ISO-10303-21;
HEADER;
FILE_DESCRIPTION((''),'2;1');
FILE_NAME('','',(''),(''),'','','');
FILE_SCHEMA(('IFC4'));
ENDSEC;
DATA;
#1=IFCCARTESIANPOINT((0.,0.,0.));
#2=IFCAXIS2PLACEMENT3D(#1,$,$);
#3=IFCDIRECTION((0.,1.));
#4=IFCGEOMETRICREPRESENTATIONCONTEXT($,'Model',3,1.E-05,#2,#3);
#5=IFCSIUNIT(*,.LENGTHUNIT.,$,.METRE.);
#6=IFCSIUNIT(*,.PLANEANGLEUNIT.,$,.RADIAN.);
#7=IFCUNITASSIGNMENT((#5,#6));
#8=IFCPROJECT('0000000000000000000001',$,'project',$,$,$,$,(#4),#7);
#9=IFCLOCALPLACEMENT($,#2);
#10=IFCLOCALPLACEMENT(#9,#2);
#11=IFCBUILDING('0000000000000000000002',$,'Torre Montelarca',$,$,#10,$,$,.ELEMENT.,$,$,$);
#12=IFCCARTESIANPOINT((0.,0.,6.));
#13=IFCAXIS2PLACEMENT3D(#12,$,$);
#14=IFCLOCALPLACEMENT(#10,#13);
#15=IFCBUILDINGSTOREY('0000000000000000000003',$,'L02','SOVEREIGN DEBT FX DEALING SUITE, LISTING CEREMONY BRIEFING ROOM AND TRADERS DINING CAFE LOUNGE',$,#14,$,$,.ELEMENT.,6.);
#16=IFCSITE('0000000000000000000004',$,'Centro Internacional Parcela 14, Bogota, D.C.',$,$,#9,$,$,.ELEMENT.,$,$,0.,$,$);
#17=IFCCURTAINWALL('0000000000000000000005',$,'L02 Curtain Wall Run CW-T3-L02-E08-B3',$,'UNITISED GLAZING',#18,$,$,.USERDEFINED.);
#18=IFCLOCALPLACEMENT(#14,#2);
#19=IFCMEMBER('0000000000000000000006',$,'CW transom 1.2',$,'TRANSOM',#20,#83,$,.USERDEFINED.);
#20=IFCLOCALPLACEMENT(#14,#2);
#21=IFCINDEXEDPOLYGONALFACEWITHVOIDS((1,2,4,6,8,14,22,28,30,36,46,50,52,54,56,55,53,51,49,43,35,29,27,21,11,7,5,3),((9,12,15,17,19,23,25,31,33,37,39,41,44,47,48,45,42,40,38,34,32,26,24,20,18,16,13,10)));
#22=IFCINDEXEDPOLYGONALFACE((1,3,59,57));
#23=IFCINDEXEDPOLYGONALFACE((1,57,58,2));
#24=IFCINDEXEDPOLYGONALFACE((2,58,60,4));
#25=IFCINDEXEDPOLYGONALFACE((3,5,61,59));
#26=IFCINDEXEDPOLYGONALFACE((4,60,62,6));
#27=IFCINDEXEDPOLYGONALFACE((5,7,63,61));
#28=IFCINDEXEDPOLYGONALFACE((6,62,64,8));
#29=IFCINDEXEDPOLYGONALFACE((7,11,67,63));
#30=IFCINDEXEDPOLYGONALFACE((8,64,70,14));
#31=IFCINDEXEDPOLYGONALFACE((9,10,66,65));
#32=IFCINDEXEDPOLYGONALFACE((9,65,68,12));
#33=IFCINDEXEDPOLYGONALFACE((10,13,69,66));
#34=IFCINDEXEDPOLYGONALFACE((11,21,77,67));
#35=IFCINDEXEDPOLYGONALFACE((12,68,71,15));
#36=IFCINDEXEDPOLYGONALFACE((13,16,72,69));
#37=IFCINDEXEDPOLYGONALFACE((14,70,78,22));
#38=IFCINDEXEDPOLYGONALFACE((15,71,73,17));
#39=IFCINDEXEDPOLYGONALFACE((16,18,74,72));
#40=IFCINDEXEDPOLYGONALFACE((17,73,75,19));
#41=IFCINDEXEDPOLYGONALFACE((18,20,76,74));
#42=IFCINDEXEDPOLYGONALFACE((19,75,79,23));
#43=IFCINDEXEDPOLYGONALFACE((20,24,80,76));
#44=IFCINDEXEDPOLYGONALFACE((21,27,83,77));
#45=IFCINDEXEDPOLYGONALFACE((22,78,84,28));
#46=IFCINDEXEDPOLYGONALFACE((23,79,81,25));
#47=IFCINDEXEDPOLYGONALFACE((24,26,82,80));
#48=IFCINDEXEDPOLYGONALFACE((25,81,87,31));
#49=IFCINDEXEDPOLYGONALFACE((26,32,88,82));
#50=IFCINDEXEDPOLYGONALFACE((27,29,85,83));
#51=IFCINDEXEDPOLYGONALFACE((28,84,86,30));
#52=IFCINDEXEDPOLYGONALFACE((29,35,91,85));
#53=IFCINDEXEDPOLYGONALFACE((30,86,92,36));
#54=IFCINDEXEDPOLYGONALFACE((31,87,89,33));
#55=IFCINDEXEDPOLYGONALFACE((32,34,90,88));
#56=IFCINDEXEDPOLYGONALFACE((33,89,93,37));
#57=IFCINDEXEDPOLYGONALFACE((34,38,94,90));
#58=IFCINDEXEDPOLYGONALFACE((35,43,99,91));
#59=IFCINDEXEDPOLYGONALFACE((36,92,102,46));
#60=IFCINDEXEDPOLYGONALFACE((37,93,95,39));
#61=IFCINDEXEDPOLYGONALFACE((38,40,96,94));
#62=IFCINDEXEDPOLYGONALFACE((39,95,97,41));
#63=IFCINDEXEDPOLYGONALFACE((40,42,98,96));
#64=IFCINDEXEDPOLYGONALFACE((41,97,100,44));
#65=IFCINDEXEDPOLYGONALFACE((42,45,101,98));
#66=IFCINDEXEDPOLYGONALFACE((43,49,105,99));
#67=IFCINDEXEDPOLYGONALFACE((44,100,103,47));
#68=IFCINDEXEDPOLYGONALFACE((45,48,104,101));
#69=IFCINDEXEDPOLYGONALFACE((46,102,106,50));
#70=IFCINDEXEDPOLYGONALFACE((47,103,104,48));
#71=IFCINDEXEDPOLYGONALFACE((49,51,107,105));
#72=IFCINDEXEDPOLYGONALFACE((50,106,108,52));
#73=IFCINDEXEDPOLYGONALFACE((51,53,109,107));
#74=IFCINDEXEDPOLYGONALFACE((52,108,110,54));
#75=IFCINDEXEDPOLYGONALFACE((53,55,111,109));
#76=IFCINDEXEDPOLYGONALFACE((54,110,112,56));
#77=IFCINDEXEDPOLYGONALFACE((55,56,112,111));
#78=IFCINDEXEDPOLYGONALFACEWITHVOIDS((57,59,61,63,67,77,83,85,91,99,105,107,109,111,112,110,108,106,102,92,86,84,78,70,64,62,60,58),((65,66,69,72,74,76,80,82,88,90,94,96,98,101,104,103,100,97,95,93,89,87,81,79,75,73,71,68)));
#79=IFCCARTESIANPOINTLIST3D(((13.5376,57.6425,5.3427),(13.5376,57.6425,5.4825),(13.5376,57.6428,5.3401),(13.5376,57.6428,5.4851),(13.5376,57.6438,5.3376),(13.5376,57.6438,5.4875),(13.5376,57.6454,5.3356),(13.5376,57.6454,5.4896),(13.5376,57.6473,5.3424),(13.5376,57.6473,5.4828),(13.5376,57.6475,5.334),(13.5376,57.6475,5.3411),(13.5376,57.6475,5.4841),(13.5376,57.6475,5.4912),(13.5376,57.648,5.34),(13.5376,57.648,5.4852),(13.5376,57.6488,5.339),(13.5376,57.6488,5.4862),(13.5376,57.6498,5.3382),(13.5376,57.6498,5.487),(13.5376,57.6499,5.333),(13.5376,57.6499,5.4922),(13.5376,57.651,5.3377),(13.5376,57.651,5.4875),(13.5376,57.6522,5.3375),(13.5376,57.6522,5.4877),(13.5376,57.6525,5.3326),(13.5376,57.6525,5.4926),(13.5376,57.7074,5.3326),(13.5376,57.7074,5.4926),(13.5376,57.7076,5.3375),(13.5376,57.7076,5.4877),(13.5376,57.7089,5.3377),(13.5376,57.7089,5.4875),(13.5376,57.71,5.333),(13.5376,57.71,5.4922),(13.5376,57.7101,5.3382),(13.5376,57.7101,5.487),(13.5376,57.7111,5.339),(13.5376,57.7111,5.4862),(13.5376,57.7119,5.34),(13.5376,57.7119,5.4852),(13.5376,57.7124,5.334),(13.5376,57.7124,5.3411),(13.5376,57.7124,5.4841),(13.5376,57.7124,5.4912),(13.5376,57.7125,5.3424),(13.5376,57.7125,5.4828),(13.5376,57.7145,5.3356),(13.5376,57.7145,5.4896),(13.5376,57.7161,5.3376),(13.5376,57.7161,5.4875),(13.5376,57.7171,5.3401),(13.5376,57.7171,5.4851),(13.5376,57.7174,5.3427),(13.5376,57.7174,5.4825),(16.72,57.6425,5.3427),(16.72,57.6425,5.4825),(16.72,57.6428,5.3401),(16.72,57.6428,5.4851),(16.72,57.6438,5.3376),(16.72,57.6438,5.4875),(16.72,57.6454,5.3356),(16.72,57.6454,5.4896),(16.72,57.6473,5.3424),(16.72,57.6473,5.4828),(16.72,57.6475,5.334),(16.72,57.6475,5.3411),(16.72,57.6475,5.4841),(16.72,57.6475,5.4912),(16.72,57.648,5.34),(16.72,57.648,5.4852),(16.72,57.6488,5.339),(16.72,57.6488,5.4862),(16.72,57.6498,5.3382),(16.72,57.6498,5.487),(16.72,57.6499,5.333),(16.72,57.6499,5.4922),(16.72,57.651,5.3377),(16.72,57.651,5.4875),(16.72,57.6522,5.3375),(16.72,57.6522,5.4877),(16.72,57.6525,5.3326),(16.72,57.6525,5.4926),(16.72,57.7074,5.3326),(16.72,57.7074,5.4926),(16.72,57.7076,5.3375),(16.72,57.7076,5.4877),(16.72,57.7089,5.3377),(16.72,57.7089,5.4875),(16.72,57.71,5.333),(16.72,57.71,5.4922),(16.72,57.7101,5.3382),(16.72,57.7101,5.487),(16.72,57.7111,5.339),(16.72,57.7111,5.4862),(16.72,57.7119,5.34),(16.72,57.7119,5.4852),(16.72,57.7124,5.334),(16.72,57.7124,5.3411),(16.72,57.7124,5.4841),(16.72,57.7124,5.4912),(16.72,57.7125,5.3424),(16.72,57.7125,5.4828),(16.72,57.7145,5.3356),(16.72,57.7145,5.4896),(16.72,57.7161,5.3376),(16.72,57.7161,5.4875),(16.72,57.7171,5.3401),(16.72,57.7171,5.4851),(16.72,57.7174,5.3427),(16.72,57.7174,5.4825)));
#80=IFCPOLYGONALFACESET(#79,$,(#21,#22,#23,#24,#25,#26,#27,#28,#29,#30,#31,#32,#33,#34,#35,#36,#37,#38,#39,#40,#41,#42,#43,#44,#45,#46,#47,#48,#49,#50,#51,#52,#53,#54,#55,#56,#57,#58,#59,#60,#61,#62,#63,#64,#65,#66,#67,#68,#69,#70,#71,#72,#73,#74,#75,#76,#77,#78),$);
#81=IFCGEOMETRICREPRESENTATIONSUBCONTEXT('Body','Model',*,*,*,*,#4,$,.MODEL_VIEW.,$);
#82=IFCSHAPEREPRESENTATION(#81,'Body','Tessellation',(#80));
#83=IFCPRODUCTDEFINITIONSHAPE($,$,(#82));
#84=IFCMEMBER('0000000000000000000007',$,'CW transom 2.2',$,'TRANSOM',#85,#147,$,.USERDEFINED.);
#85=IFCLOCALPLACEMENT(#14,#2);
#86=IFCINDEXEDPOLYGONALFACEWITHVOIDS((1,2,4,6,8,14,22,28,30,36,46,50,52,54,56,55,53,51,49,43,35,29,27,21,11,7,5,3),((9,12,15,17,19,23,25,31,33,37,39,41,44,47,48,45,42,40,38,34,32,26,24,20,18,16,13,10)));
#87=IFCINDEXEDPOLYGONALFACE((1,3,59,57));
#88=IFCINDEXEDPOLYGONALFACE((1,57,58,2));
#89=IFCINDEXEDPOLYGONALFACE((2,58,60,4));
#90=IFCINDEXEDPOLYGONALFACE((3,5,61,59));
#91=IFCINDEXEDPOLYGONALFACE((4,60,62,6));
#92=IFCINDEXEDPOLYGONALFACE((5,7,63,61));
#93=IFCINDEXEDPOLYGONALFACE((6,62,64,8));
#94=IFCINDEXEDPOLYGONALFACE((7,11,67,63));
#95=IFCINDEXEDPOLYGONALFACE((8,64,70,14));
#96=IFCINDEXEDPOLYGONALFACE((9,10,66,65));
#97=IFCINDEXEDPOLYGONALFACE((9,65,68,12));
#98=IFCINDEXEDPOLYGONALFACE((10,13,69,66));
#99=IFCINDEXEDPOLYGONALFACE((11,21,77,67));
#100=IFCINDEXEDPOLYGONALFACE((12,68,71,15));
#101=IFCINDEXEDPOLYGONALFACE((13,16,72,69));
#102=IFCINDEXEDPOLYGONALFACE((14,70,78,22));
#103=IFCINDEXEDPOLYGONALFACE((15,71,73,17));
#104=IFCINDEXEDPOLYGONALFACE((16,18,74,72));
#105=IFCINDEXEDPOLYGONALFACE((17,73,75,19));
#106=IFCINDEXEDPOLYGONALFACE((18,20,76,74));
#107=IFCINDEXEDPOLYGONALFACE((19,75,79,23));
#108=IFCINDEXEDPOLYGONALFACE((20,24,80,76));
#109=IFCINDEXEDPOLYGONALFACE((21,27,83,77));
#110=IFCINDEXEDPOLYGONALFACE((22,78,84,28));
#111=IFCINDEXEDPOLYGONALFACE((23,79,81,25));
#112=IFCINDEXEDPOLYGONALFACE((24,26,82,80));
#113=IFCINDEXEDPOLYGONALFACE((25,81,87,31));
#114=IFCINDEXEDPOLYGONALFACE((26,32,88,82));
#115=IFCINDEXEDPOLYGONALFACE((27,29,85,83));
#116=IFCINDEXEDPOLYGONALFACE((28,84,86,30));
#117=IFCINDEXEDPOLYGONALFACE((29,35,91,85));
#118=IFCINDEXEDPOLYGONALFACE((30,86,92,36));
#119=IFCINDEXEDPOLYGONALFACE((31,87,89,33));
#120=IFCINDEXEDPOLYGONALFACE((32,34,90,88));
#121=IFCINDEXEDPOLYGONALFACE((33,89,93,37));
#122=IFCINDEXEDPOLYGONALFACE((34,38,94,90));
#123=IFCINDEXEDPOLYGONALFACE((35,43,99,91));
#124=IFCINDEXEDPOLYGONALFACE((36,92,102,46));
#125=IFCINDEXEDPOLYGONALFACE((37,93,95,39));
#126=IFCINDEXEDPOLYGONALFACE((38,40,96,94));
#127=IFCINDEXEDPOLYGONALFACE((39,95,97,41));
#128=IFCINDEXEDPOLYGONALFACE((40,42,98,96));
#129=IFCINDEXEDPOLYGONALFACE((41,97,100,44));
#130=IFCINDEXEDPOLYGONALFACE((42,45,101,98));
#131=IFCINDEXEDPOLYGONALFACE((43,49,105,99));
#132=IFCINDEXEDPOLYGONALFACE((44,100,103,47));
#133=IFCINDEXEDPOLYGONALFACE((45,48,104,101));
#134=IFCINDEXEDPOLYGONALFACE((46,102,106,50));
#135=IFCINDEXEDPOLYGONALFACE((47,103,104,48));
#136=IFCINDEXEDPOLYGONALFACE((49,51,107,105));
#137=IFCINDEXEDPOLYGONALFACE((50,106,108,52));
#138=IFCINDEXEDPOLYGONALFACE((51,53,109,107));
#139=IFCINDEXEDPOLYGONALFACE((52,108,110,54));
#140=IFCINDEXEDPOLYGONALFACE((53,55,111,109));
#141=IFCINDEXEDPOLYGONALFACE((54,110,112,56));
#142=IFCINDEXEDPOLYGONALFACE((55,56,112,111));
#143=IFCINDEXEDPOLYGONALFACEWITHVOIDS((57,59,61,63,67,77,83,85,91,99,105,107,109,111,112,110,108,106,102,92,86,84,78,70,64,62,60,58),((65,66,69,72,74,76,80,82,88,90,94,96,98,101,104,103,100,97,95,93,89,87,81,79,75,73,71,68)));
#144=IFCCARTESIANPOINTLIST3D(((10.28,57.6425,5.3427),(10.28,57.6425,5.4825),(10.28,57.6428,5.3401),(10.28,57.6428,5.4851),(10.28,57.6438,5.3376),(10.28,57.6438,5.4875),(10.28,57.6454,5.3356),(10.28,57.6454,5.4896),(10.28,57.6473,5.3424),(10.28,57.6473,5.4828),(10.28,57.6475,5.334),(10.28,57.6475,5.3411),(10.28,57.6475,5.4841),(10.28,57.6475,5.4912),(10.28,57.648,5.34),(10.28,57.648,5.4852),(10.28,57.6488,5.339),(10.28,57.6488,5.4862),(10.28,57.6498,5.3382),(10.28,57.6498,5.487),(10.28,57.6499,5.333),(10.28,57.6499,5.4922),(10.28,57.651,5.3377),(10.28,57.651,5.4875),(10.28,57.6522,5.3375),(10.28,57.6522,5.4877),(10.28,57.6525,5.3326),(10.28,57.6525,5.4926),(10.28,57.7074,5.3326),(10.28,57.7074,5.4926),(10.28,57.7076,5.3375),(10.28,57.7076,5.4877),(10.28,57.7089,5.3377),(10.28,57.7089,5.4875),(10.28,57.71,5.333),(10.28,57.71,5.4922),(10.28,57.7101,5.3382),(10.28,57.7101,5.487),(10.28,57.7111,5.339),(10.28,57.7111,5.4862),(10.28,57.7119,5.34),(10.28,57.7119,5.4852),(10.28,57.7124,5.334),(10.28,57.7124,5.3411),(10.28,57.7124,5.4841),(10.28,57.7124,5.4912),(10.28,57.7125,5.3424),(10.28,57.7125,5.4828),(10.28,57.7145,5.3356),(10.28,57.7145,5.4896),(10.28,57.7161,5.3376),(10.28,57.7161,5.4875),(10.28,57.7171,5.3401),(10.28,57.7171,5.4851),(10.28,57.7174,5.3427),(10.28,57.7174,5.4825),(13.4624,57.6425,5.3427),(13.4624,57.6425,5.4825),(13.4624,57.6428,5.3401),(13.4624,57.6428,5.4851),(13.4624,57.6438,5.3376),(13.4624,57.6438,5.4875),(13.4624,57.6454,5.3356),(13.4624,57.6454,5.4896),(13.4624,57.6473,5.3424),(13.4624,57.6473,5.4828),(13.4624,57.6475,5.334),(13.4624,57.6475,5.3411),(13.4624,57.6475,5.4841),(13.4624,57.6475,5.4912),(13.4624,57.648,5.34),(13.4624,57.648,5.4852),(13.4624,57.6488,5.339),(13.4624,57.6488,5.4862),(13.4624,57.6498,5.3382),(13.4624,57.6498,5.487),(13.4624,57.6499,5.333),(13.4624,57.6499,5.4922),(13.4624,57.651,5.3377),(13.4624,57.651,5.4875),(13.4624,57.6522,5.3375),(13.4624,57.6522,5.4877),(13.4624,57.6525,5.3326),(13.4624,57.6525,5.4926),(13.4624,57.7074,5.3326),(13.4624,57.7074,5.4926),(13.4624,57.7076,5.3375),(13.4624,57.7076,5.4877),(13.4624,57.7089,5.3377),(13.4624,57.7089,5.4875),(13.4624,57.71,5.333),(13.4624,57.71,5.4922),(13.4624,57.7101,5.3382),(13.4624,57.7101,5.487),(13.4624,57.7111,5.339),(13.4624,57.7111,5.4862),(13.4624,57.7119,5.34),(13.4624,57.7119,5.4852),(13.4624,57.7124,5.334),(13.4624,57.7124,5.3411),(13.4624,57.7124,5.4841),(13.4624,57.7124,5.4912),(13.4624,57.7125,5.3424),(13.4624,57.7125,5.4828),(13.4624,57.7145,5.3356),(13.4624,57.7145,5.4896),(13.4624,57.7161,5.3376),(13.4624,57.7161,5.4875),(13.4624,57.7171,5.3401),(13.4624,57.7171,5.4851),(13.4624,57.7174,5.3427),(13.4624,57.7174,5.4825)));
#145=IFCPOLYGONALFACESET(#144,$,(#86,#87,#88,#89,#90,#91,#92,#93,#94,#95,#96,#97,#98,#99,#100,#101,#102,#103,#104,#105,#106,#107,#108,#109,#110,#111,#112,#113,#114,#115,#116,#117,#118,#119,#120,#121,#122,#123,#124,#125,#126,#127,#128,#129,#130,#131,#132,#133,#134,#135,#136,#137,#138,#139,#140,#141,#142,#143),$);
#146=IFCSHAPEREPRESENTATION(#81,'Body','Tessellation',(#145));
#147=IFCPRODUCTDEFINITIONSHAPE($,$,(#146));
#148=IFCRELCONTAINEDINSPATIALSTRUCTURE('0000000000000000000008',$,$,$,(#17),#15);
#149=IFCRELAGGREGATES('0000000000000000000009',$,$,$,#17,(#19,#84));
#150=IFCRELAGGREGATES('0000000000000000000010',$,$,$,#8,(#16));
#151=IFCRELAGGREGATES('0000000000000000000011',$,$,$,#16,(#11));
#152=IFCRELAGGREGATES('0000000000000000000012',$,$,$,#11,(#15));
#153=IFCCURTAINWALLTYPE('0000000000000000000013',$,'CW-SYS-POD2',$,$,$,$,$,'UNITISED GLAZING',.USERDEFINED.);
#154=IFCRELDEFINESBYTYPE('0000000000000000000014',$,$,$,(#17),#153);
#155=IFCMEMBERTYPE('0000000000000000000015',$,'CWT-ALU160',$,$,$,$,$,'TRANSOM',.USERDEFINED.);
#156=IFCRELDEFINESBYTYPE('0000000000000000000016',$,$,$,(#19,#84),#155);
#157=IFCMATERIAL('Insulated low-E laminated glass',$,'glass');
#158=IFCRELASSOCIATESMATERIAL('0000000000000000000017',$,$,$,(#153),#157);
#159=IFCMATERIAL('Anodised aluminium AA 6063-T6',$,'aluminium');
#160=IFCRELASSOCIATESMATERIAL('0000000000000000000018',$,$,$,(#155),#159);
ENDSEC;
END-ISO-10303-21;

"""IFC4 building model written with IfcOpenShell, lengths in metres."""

from ifc_helpers import new_model, si_unit, direction, frame, origin, origin_2d, place, context, subcontext, project, spatial, hollow_rectangle, extrude, source, transform, mapped, material, material_profile, profile_set, type_object, element, aggregate, save


model = new_model("IFC4")

# Units and contexts
model_context = context("Model", 3, precision=1e-05, world=origin(), true_north=direction((0.0, 1.0)))
body_context = subcontext(model_context, "Body", "Model", "MODEL_VIEW")
ifc_project = project(units=[si_unit("LENGTHUNIT", "METRE"), si_unit("PLANEANGLEUNIT", "RADIAN")], contexts=[model_context])

# Site, building, storey
site_placement = place(None, origin())
site = spatial("IfcSite", under=ifc_project, at=site_placement, Name="Centro Internacional Parcela 14, Bogota, D.C.", CompositionType="ELEMENT", RefElevation=0.0)
building_placement = place(site_placement, origin())
building = spatial("IfcBuilding", under=site, at=building_placement, Name="Torre Montelarca", CompositionType="ELEMENT")
storey_placement = place(building_placement, frame((0.0, 0.0, 6.0)))
storey = spatial("IfcBuildingStorey", under=building, at=storey_placement, Name="L02", Description="SOVEREIGN DEBT FX DEALING SUITE, LISTING CEREMONY BRIEFING ROOM AND TRADERS DINING CAFE LOUNGE", CompositionType="ELEMENT", Elevation=6.0)

# Curtain wall, members
ifc_material_1 = material(Name="Insulated low-E laminated glass", Category="glass")
curtain_wall_type = type_object("IfcCurtainWallType", Name="CW-SYS-POD2", ElementType="UNITISED GLAZING", PredefinedType="USERDEFINED", material=ifc_material_1)
ifc_material_2 = material(Name="Anodised aluminium AA 6063-T6", Category="aluminium")
curtain_wall_1_placement = place(storey_placement, origin())
curtain_wall_1 = element("IfcCurtainWall", 1, at=curtain_wall_1_placement, inside=storey, type_object=curtain_wall_type, Name="L02 Curtain Wall Run CW-T3-L02-E08-B3", ObjectType="UNITISED GLAZING", PredefinedType="USERDEFINED")
ifc_material_profile_1 = material_profile(ifc_material_2, hollow_rectangle(XDim=0.075, YDim=0.1599, WallThickness=0.0049, InnerFilletRadius=0.0049, OuterFilletRadius=0.01, at=origin_2d()), Name="ALU75X160X5", Category="aluminium")
ifc_profile_set_1 = profile_set([ifc_material_profile_1], Name="Anodised aluminium AA 6063-T6")
member_type_1 = type_object("IfcMemberType", Name="CWT-ALU160", ElementType="TRANSOM", PredefinedType="USERDEFINED", material=ifc_profile_set_1)
shared_shape_1 = source(origin(), body_context, "Body", "SweptSolid", [
    extrude(hollow_rectangle(XDim=0.075, YDim=0.1599, WallThickness=0.0049, InnerFilletRadius=0.0049, OuterFilletRadius=0.01, at=origin_2d()), origin(), (0.0, 0.0, 1.0), 3.1824),
])
member_1_placement = place(storey_placement, frame((16.72, 57.6799, 5.4126), z_axis=(-1.0, 0.0, 0.0), x_axis=(0.0, -1.0, 0.0)))
member_1 = element("IfcMember", 2, at=member_1_placement, type_object=member_type_1, Name="CW transom 1.2", ObjectType="TRANSOM", PredefinedType="USERDEFINED", context=body_context, shape_type="MappedRepresentation", body=[
    mapped(shared_shape_1, transform((0.0, 0.0, 0.0), scale=1.0)),
])
member_2_placement = place(storey_placement, frame((13.4624, 57.6799, 5.4126), z_axis=(-1.0, 0.0, 0.0), x_axis=(0.0, -1.0, 0.0)))
member_2 = element("IfcMember", 3, at=member_2_placement, type_object=member_type_1, Name="CW transom 2.2", ObjectType="TRANSOM", PredefinedType="USERDEFINED", context=body_context, shape_type="MappedRepresentation", body=[
    mapped(shared_shape_1, transform((0.0, 0.0, 0.0), scale=1.0)),
])

aggregate(curtain_wall_1, [member_1, member_2])

save(model, "model.ifc")
